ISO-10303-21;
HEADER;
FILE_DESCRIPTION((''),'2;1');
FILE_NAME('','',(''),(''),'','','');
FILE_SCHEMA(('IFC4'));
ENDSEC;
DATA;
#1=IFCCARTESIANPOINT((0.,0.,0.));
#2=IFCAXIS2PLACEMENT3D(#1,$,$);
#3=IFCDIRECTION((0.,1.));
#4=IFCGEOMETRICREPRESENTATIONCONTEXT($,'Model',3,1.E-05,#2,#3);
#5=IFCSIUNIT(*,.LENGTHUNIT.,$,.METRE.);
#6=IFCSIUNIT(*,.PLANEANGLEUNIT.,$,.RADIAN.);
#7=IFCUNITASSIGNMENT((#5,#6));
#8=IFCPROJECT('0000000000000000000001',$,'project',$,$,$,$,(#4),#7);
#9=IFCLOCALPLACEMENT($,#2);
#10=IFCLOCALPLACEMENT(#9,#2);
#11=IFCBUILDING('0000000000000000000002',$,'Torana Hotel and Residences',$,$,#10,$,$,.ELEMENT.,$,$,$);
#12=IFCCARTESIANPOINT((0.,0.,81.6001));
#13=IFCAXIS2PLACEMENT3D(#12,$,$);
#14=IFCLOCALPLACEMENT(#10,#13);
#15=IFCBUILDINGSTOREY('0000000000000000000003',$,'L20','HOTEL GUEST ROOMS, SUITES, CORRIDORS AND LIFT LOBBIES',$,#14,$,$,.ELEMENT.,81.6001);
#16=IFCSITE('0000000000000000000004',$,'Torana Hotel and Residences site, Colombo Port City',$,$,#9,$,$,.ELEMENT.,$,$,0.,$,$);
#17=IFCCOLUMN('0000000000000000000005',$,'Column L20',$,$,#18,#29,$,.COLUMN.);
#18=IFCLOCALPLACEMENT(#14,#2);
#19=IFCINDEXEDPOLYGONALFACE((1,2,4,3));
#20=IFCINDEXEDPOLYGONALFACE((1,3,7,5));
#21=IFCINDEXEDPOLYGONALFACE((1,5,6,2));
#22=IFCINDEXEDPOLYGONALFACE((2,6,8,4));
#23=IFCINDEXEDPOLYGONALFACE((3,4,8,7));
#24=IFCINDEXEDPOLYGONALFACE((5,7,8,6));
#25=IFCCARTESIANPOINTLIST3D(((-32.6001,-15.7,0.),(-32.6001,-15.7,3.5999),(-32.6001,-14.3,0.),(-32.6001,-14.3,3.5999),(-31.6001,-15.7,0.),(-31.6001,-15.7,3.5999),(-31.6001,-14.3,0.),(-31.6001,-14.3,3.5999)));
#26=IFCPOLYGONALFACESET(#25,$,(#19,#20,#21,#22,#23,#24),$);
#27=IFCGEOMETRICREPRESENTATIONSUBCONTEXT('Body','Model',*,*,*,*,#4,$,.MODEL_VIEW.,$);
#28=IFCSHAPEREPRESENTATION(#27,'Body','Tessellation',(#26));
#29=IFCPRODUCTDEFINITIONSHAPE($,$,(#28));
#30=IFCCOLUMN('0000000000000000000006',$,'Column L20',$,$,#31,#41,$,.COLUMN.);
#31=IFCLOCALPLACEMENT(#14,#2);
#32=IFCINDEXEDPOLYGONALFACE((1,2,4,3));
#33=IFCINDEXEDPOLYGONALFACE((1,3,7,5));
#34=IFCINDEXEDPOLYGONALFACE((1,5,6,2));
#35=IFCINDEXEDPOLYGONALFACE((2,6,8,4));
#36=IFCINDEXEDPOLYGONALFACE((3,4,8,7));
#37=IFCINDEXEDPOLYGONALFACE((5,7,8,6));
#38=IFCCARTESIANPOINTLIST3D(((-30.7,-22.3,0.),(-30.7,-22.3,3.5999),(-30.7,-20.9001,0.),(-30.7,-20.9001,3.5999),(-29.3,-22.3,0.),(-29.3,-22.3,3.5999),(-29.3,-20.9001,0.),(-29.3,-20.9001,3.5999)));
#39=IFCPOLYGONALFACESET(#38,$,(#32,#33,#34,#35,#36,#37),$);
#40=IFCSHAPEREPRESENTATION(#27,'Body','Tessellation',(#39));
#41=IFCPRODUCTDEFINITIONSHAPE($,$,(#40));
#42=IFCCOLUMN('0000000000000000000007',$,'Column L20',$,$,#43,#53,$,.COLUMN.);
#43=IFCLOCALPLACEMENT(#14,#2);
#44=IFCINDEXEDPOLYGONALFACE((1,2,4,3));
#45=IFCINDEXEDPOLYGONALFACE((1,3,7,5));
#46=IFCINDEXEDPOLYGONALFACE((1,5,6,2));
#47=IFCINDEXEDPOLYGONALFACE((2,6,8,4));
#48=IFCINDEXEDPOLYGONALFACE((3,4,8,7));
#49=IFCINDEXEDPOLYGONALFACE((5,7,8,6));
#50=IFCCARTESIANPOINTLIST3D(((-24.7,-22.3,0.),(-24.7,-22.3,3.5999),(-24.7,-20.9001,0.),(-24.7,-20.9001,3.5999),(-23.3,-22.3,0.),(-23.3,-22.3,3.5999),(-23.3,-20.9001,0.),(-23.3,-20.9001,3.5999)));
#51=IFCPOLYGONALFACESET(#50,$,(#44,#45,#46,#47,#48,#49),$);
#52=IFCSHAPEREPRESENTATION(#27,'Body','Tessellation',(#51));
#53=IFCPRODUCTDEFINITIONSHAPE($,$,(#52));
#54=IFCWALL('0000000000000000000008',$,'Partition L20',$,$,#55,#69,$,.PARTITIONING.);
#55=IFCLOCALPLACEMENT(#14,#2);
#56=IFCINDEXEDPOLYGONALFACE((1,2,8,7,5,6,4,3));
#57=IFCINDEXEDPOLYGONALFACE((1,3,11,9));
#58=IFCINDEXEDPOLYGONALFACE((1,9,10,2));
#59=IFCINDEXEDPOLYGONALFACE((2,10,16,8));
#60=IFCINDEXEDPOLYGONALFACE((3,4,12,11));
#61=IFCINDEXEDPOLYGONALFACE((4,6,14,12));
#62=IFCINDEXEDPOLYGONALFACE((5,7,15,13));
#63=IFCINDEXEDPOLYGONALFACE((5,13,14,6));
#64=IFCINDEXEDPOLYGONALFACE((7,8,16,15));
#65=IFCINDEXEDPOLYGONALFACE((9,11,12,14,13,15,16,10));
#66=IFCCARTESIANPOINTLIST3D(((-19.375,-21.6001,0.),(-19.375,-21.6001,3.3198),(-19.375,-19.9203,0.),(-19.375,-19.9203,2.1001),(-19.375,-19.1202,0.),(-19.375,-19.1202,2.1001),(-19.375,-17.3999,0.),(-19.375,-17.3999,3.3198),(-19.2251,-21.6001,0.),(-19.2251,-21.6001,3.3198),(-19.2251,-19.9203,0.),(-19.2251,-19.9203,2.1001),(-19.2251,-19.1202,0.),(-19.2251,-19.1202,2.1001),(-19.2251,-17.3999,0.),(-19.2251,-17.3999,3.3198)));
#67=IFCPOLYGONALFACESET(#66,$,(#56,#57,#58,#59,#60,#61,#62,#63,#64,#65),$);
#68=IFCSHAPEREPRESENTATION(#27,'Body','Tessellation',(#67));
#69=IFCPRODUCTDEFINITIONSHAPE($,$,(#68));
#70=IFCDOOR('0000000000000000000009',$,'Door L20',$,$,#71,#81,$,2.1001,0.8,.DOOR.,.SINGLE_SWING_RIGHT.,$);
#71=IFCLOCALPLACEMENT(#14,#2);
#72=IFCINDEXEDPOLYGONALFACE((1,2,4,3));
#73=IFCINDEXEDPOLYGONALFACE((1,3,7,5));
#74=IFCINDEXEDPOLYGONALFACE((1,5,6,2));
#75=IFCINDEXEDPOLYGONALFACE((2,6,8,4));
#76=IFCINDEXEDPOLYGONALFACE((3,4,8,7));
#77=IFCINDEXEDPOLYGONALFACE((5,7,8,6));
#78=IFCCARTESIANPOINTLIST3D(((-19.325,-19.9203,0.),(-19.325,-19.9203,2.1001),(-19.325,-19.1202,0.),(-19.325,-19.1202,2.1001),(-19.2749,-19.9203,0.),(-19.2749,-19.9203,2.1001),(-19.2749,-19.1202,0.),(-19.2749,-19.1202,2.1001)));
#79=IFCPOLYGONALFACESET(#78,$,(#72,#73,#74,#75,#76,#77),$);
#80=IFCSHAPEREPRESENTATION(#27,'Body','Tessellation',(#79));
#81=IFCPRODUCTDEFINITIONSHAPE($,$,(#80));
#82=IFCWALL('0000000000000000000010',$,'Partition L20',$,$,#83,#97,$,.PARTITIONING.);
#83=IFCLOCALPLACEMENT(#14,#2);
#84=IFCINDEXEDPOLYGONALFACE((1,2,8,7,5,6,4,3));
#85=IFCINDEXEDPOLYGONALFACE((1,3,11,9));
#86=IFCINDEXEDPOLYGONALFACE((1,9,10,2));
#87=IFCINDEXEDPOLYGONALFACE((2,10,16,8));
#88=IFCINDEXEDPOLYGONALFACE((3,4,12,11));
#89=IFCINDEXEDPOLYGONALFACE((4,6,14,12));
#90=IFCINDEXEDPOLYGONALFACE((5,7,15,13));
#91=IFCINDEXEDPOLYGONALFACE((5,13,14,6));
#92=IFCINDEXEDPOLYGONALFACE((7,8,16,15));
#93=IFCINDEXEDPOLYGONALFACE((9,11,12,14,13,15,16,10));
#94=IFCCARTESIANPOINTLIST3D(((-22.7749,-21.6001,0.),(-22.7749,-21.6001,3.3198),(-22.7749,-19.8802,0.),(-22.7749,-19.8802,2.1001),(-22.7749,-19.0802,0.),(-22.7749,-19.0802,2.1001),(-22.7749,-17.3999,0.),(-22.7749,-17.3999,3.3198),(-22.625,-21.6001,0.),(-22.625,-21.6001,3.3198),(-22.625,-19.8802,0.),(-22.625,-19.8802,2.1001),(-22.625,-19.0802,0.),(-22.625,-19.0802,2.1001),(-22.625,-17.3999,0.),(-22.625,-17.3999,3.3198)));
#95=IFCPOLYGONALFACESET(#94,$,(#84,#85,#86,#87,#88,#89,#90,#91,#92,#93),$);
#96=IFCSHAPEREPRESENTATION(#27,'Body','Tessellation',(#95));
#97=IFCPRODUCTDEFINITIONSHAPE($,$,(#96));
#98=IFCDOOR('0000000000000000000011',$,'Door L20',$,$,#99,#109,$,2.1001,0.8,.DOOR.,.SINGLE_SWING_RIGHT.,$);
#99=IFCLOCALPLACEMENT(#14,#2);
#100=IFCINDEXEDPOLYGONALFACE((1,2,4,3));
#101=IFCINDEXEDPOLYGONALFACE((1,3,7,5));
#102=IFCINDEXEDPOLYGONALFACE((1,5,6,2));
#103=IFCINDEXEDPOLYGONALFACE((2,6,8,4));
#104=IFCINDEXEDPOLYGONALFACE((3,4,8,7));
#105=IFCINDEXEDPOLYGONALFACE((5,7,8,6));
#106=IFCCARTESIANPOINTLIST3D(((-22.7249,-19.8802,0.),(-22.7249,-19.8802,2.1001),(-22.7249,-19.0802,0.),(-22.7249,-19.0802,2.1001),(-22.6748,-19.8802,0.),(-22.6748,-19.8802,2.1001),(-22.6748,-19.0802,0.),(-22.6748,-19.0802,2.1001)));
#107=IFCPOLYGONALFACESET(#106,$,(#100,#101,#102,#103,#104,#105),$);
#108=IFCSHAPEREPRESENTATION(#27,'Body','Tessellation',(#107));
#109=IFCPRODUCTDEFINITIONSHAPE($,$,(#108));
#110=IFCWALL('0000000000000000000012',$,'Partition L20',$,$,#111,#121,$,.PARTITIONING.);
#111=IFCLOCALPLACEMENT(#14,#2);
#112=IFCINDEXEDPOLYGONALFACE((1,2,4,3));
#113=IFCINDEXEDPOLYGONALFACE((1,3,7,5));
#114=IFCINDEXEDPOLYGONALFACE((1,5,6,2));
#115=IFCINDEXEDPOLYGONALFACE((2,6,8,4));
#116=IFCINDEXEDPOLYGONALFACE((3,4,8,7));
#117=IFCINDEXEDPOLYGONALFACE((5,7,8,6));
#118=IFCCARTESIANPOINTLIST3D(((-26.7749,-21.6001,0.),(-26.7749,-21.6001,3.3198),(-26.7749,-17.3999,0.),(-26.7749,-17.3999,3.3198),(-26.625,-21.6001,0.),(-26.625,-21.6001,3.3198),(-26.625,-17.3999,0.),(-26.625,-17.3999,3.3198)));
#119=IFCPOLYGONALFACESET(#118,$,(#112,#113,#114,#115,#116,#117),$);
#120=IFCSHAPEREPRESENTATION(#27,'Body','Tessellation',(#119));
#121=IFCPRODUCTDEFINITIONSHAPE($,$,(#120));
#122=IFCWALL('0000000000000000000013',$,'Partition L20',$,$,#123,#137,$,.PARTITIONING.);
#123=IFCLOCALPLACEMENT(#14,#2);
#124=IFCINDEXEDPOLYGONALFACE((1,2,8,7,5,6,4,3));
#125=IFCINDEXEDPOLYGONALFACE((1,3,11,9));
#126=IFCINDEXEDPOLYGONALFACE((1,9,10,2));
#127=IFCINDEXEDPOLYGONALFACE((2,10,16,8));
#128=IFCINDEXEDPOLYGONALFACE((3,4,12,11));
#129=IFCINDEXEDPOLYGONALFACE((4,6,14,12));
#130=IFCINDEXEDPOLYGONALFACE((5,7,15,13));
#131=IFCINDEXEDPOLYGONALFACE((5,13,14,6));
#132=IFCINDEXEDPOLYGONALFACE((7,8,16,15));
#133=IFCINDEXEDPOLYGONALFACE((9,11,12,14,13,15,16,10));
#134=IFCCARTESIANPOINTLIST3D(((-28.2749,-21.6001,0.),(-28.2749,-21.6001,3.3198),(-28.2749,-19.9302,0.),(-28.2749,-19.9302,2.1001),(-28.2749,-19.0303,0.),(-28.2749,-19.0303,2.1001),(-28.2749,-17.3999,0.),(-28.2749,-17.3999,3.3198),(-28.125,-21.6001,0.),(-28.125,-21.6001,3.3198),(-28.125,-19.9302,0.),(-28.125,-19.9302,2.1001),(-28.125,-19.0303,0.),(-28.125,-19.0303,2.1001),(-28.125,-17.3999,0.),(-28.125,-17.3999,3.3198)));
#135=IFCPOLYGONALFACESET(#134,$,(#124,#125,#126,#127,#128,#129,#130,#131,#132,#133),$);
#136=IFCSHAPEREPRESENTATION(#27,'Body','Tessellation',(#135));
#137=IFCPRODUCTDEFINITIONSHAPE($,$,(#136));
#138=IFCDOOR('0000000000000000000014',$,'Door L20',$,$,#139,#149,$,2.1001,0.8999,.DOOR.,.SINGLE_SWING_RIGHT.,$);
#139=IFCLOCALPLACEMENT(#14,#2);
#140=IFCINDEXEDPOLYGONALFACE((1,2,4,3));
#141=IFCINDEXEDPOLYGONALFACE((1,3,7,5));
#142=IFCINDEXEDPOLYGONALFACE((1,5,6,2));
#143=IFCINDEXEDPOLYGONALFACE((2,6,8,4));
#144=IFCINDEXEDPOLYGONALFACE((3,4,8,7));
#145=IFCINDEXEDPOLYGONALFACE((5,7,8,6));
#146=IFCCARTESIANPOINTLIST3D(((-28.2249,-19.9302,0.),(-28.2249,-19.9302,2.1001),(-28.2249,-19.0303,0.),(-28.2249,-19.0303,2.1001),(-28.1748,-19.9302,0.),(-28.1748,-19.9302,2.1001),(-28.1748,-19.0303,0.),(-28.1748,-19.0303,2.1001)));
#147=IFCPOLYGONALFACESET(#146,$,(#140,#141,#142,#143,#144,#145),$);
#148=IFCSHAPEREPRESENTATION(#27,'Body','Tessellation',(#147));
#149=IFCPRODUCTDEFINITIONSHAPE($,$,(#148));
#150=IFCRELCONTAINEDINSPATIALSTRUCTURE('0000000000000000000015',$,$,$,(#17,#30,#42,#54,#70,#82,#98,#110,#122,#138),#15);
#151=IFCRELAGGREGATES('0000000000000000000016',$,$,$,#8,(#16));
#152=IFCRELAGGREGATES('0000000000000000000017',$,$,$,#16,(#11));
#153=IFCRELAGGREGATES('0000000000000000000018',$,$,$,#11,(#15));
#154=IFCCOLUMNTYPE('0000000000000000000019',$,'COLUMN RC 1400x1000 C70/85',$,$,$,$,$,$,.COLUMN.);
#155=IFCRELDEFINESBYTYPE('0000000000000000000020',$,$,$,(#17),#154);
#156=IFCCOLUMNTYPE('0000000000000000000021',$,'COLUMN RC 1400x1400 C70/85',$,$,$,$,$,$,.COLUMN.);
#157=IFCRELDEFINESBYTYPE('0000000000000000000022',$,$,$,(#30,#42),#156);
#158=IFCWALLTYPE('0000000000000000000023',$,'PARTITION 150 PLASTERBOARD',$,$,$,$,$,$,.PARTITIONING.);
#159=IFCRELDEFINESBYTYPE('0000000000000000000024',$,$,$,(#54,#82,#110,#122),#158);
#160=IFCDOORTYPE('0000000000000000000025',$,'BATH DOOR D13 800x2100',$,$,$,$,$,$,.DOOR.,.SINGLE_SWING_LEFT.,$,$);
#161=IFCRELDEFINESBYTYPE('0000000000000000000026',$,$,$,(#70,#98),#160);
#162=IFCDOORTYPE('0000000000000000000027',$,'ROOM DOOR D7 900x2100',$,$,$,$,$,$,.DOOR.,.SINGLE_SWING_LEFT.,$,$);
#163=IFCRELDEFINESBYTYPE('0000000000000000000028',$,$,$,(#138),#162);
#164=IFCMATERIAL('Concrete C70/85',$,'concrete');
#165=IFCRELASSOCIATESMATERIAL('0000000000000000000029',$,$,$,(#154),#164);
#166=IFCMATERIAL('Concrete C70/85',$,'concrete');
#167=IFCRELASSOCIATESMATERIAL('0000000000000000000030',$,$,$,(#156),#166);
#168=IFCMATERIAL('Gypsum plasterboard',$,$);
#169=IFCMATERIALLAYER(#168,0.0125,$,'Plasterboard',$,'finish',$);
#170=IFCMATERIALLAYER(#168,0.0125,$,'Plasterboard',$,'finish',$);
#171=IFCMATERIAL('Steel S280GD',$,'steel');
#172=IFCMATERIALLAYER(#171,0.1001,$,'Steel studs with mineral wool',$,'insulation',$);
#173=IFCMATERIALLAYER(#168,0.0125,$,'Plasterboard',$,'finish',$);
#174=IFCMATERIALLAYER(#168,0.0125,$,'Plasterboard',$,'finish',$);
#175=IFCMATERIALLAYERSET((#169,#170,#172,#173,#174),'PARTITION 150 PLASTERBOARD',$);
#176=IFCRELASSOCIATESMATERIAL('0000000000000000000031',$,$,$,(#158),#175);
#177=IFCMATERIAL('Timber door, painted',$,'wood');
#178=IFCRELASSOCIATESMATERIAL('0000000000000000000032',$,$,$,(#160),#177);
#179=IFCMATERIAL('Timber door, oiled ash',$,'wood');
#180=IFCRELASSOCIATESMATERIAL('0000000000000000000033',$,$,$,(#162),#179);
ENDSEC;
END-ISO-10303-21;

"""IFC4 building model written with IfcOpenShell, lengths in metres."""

from ifc_helpers import new_model, si_unit, direction, frame, frame_2d, origin, origin_2d, place, context, subcontext, project, spatial, rectangle, extrude, material, layer, layer_set, material_profile, profile_set, type_object, element, fill, save


model = new_model("IFC4")

# Units and contexts
model_context = context("Model", 3, precision=1e-05, world=origin(), true_north=direction((0.0, 1.0)))
body_context = subcontext(model_context, "Body", "Model", "MODEL_VIEW")
ifc_project = project(units=[si_unit("LENGTHUNIT", "METRE"), si_unit("PLANEANGLEUNIT", "RADIAN")], contexts=[model_context])

# Site, building, storey
site_placement = place(None, origin())
site = spatial("IfcSite", under=ifc_project, at=site_placement, Name="Torana Hotel and Residences site, Colombo Port City", CompositionType="ELEMENT", RefElevation=0.0)
building_placement = place(site_placement, origin())
building = spatial("IfcBuilding", under=site, at=building_placement, Name="Torana Hotel and Residences", CompositionType="ELEMENT")
storey_placement = place(building_placement, frame((0.0, 0.0, 81.6001)))
storey = spatial("IfcBuildingStorey", under=building, at=storey_placement, Name="L20", Description="HOTEL GUEST ROOMS, SUITES, CORRIDORS AND LIFT LOBBIES", CompositionType="ELEMENT", Elevation=81.6001)

# Columns
ifc_material_1 = material(Name="Concrete C70/85", Category="concrete")
ifc_material_profile_1 = material_profile(ifc_material_1, rectangle(XDim=1.3999, YDim=1.0, at=origin_2d()), Name="RC 1400x1000")
ifc_profile_set_1 = profile_set([ifc_material_profile_1], Name="Concrete C70/85")
column_type_1 = type_object("IfcColumnType", Name="COLUMN RC 1400x1000 C70/85", PredefinedType="COLUMN", material=ifc_profile_set_1)
column_placement = place(storey_placement, frame((-32.1001, -15.0, 0.0), z_axis=(0.0, 0.0, 1.0), x_axis=(0.0, 1.0, 0.0)))
element("IfcColumn", 1, at=column_placement, inside=storey, type_object=column_type_1, Name="Column L20", PredefinedType="COLUMN", context=body_context, shape_type="SweptSolid", body=[
    extrude(rectangle(XDim=1.3999, YDim=1.0, at=origin_2d()), origin(), (0.0, 0.0, 1.0), 3.5999),
])
ifc_material_2 = material(Name="Concrete C70/85", Category="concrete")
ifc_material_profile_2 = material_profile(ifc_material_2, rectangle(XDim=1.3999, YDim=1.3999, at=origin_2d()), Name="RC 1400x1400")
ifc_profile_set_2 = profile_set([ifc_material_profile_2], Name="Concrete C70/85")
column_type_2 = type_object("IfcColumnType", Name="COLUMN RC 1400x1400 C70/85", PredefinedType="COLUMN", material=ifc_profile_set_2)
for number, where, z_axis, x_axis, name in (
    (2, (-30.0, -21.6001, 0.0), (0.0, 0.0, 1.0), (1.0, 0.0, 0.0), "Column L20"),
    (3, (-24.0, -21.6001, 0.0), (0.0, 0.0, 1.0), (1.0, 0.0, 0.0), "Column L20"),
):
    element("IfcColumn", number, at=place(storey_placement, frame(where, z_axis=z_axis, x_axis=x_axis)), inside=storey, type_object=column_type_2, Name=name, PredefinedType="COLUMN", context=body_context, shape_type="SweptSolid", body=[
        extrude(rectangle(XDim=1.3999, YDim=1.3999, at=origin_2d()), origin(), (0.0, 0.0, 1.0), 3.5999),
    ])

# Walls, openings, doors
ifc_material_3 = material(Name="Gypsum plasterboard")
ifc_layer_1 = layer(ifc_material_3, 0.0125, Name="Plasterboard", Category="finish")
ifc_layer_2 = layer(ifc_material_3, 0.0125, Name="Plasterboard", Category="finish")
ifc_material_4 = material(Name="Steel S280GD", Category="steel")
ifc_layer_3 = layer(ifc_material_4, 0.1001, Name="Steel studs with mineral wool", Category="insulation")
ifc_layer_4 = layer(ifc_material_3, 0.0125, Name="Plasterboard", Category="finish")
ifc_layer_5 = layer(ifc_material_3, 0.0125, Name="Plasterboard", Category="finish")
ifc_layer_set = layer_set([ifc_layer_1, ifc_layer_2, ifc_layer_3, ifc_layer_4, ifc_layer_5], Name="PARTITION 150 PLASTERBOARD")
wall_type = type_object("IfcWallType", Name="PARTITION 150 PLASTERBOARD", PredefinedType="PARTITIONING", material=ifc_layer_set)
wall_1_placement = place(storey_placement, frame((-19.3, -21.6001, 0.0), z_axis=(0.0, 0.0, 1.0), x_axis=(0.0, 1.0, 0.0)))
wall_1 = element("IfcWall", 4, at=wall_1_placement, inside=storey, type_object=wall_type, Name="Partition L20", PredefinedType="PARTITIONING", context=body_context, shape_type="SweptSolid", body=[
    extrude(rectangle(XDim=4.2002, YDim=0.1499, at=frame_2d((2.1001, 0.0))), origin(), (0.0, 0.0, 1.0), 3.3198),
])
opening_1_placement = place(wall_1_placement, frame((1.6799, 0.0, 0.0)))
opening_1 = element("IfcOpeningElement", 5, at=opening_1_placement, cuts=wall_1, PredefinedType="OPENING", context=body_context, shape_type="SweptSolid", body=[
    extrude(rectangle(XDim=0.8, YDim=2.1001, at=frame_2d((0.3999, 1.05))), frame((0.0, 0.085, 0.0), z_axis=(0.0, -1.0, 0.0), x_axis=(1.0, 0.0, 0.0)), (0.0, 0.0, 1.0), 0.1699),
])
ifc_material_5 = material(Name="Timber door, painted", Category="wood")
door_type_1 = type_object("IfcDoorType", Name="BATH DOOR D13 800x2100", OperationType="SINGLE_SWING_LEFT", PredefinedType="DOOR", material=ifc_material_5)
door_1_placement = place(opening_1_placement, origin())
door_1 = element("IfcDoor", 6, at=door_1_placement, inside=storey, type_object=door_type_1, Name="Door L20", OperationType="SINGLE_SWING_RIGHT", OverallHeight=2.1001, OverallWidth=0.8, PredefinedType="DOOR", context=body_context, shape_type="SweptSolid", body=[
    extrude(rectangle(XDim=0.8, YDim=2.1001, at=frame_2d((0.3999, 1.05))), frame((0.0, 0.0249, 0.0), z_axis=(0.0, -1.0, 0.0), x_axis=(1.0, 0.0, 0.0)), (0.0, 0.0, 1.0), 0.05),
])
fill(opening_1, door_1)
wall_2_placement = place(storey_placement, frame((-22.7, -21.6001, 0.0), z_axis=(0.0, 0.0, 1.0), x_axis=(0.0, 1.0, 0.0)))
wall_2 = element("IfcWall", 7, at=wall_2_placement, inside=storey, type_object=wall_type, Name="Partition L20", PredefinedType="PARTITIONING", context=body_context, shape_type="SweptSolid", body=[
    extrude(rectangle(XDim=4.2002, YDim=0.1499, at=frame_2d((2.1001, 0.0))), origin(), (0.0, 0.0, 1.0), 3.3198),
])
opening_2_placement = place(wall_2_placement, frame((1.72, 0.0, 0.0)))
opening_2 = element("IfcOpeningElement", 8, at=opening_2_placement, cuts=wall_2, PredefinedType="OPENING", context=body_context, shape_type="SweptSolid", body=[
    extrude(rectangle(XDim=0.8, YDim=2.1001, at=frame_2d((0.3999, 1.05))), frame((0.0, 0.085, 0.0), z_axis=(0.0, -1.0, 0.0), x_axis=(1.0, 0.0, 0.0)), (0.0, 0.0, 1.0), 0.1699),
])
door_2_placement = place(opening_2_placement, origin())
door_2 = element("IfcDoor", 9, at=door_2_placement, inside=storey, type_object=door_type_1, Name="Door L20", OperationType="SINGLE_SWING_RIGHT", OverallHeight=2.1001, OverallWidth=0.8, PredefinedType="DOOR", context=body_context, shape_type="SweptSolid", body=[
    extrude(rectangle(XDim=0.8, YDim=2.1001, at=frame_2d((0.3999, 1.05))), frame((0.0, 0.0249, 0.0), z_axis=(0.0, -1.0, 0.0), x_axis=(1.0, 0.0, 0.0)), (0.0, 0.0, 1.0), 0.05),
])
fill(opening_2, door_2)

# Wall
wall_3_placement = place(storey_placement, frame((-26.7, -21.6001, 0.0), z_axis=(0.0, 0.0, 1.0), x_axis=(0.0, 1.0, 0.0)))
element("IfcWall", 10, at=wall_3_placement, inside=storey, type_object=wall_type, Name="Partition L20", PredefinedType="PARTITIONING", context=body_context, shape_type="SweptSolid", body=[
    extrude(rectangle(XDim=4.2002, YDim=0.1499, at=frame_2d((2.1001, 0.0))), origin(), (0.0, 0.0, 1.0), 3.3198),
])

# Wall, opening, door
wall_4_placement = place(storey_placement, frame((-28.2, -21.6001, 0.0), z_axis=(0.0, 0.0, 1.0), x_axis=(0.0, 1.0, 0.0)))
wall_4 = element("IfcWall", 11, at=wall_4_placement, inside=storey, type_object=wall_type, Name="Partition L20", PredefinedType="PARTITIONING", context=body_context, shape_type="SweptSolid", body=[
    extrude(rectangle(XDim=4.2002, YDim=0.1499, at=frame_2d((2.1001, 0.0))), origin(), (0.0, 0.0, 1.0), 3.3198),
])
opening_3_placement = place(wall_4_placement, frame((1.6699, 0.0, 0.0)))
opening_3 = element("IfcOpeningElement", 12, at=opening_3_placement, cuts=wall_4, PredefinedType="OPENING", context=body_context, shape_type="SweptSolid", body=[
    extrude(rectangle(XDim=0.8999, YDim=2.1001, at=frame_2d((0.45, 1.05))), frame((0.0, 0.085, 0.0), z_axis=(0.0, -1.0, 0.0), x_axis=(1.0, 0.0, 0.0)), (0.0, 0.0, 1.0), 0.1699),
])
ifc_material_6 = material(Name="Timber door, oiled ash", Category="wood")
door_type_2 = type_object("IfcDoorType", Name="ROOM DOOR D7 900x2100", OperationType="SINGLE_SWING_LEFT", PredefinedType="DOOR", material=ifc_material_6)
door_3_placement = place(opening_3_placement, origin())
door_3 = element("IfcDoor", 13, at=door_3_placement, inside=storey, type_object=door_type_2, Name="Door L20", OperationType="SINGLE_SWING_RIGHT", OverallHeight=2.1001, OverallWidth=0.8999, PredefinedType="DOOR", context=body_context, shape_type="SweptSolid", body=[
    extrude(rectangle(XDim=0.8999, YDim=2.1001, at=frame_2d((0.45, 1.05))), frame((0.0, 0.0249, 0.0), z_axis=(0.0, -1.0, 0.0), x_axis=(1.0, 0.0, 0.0)), (0.0, 0.0, 1.0), 0.05),
])
fill(opening_3, door_3)

save(model, "model.ifc")
